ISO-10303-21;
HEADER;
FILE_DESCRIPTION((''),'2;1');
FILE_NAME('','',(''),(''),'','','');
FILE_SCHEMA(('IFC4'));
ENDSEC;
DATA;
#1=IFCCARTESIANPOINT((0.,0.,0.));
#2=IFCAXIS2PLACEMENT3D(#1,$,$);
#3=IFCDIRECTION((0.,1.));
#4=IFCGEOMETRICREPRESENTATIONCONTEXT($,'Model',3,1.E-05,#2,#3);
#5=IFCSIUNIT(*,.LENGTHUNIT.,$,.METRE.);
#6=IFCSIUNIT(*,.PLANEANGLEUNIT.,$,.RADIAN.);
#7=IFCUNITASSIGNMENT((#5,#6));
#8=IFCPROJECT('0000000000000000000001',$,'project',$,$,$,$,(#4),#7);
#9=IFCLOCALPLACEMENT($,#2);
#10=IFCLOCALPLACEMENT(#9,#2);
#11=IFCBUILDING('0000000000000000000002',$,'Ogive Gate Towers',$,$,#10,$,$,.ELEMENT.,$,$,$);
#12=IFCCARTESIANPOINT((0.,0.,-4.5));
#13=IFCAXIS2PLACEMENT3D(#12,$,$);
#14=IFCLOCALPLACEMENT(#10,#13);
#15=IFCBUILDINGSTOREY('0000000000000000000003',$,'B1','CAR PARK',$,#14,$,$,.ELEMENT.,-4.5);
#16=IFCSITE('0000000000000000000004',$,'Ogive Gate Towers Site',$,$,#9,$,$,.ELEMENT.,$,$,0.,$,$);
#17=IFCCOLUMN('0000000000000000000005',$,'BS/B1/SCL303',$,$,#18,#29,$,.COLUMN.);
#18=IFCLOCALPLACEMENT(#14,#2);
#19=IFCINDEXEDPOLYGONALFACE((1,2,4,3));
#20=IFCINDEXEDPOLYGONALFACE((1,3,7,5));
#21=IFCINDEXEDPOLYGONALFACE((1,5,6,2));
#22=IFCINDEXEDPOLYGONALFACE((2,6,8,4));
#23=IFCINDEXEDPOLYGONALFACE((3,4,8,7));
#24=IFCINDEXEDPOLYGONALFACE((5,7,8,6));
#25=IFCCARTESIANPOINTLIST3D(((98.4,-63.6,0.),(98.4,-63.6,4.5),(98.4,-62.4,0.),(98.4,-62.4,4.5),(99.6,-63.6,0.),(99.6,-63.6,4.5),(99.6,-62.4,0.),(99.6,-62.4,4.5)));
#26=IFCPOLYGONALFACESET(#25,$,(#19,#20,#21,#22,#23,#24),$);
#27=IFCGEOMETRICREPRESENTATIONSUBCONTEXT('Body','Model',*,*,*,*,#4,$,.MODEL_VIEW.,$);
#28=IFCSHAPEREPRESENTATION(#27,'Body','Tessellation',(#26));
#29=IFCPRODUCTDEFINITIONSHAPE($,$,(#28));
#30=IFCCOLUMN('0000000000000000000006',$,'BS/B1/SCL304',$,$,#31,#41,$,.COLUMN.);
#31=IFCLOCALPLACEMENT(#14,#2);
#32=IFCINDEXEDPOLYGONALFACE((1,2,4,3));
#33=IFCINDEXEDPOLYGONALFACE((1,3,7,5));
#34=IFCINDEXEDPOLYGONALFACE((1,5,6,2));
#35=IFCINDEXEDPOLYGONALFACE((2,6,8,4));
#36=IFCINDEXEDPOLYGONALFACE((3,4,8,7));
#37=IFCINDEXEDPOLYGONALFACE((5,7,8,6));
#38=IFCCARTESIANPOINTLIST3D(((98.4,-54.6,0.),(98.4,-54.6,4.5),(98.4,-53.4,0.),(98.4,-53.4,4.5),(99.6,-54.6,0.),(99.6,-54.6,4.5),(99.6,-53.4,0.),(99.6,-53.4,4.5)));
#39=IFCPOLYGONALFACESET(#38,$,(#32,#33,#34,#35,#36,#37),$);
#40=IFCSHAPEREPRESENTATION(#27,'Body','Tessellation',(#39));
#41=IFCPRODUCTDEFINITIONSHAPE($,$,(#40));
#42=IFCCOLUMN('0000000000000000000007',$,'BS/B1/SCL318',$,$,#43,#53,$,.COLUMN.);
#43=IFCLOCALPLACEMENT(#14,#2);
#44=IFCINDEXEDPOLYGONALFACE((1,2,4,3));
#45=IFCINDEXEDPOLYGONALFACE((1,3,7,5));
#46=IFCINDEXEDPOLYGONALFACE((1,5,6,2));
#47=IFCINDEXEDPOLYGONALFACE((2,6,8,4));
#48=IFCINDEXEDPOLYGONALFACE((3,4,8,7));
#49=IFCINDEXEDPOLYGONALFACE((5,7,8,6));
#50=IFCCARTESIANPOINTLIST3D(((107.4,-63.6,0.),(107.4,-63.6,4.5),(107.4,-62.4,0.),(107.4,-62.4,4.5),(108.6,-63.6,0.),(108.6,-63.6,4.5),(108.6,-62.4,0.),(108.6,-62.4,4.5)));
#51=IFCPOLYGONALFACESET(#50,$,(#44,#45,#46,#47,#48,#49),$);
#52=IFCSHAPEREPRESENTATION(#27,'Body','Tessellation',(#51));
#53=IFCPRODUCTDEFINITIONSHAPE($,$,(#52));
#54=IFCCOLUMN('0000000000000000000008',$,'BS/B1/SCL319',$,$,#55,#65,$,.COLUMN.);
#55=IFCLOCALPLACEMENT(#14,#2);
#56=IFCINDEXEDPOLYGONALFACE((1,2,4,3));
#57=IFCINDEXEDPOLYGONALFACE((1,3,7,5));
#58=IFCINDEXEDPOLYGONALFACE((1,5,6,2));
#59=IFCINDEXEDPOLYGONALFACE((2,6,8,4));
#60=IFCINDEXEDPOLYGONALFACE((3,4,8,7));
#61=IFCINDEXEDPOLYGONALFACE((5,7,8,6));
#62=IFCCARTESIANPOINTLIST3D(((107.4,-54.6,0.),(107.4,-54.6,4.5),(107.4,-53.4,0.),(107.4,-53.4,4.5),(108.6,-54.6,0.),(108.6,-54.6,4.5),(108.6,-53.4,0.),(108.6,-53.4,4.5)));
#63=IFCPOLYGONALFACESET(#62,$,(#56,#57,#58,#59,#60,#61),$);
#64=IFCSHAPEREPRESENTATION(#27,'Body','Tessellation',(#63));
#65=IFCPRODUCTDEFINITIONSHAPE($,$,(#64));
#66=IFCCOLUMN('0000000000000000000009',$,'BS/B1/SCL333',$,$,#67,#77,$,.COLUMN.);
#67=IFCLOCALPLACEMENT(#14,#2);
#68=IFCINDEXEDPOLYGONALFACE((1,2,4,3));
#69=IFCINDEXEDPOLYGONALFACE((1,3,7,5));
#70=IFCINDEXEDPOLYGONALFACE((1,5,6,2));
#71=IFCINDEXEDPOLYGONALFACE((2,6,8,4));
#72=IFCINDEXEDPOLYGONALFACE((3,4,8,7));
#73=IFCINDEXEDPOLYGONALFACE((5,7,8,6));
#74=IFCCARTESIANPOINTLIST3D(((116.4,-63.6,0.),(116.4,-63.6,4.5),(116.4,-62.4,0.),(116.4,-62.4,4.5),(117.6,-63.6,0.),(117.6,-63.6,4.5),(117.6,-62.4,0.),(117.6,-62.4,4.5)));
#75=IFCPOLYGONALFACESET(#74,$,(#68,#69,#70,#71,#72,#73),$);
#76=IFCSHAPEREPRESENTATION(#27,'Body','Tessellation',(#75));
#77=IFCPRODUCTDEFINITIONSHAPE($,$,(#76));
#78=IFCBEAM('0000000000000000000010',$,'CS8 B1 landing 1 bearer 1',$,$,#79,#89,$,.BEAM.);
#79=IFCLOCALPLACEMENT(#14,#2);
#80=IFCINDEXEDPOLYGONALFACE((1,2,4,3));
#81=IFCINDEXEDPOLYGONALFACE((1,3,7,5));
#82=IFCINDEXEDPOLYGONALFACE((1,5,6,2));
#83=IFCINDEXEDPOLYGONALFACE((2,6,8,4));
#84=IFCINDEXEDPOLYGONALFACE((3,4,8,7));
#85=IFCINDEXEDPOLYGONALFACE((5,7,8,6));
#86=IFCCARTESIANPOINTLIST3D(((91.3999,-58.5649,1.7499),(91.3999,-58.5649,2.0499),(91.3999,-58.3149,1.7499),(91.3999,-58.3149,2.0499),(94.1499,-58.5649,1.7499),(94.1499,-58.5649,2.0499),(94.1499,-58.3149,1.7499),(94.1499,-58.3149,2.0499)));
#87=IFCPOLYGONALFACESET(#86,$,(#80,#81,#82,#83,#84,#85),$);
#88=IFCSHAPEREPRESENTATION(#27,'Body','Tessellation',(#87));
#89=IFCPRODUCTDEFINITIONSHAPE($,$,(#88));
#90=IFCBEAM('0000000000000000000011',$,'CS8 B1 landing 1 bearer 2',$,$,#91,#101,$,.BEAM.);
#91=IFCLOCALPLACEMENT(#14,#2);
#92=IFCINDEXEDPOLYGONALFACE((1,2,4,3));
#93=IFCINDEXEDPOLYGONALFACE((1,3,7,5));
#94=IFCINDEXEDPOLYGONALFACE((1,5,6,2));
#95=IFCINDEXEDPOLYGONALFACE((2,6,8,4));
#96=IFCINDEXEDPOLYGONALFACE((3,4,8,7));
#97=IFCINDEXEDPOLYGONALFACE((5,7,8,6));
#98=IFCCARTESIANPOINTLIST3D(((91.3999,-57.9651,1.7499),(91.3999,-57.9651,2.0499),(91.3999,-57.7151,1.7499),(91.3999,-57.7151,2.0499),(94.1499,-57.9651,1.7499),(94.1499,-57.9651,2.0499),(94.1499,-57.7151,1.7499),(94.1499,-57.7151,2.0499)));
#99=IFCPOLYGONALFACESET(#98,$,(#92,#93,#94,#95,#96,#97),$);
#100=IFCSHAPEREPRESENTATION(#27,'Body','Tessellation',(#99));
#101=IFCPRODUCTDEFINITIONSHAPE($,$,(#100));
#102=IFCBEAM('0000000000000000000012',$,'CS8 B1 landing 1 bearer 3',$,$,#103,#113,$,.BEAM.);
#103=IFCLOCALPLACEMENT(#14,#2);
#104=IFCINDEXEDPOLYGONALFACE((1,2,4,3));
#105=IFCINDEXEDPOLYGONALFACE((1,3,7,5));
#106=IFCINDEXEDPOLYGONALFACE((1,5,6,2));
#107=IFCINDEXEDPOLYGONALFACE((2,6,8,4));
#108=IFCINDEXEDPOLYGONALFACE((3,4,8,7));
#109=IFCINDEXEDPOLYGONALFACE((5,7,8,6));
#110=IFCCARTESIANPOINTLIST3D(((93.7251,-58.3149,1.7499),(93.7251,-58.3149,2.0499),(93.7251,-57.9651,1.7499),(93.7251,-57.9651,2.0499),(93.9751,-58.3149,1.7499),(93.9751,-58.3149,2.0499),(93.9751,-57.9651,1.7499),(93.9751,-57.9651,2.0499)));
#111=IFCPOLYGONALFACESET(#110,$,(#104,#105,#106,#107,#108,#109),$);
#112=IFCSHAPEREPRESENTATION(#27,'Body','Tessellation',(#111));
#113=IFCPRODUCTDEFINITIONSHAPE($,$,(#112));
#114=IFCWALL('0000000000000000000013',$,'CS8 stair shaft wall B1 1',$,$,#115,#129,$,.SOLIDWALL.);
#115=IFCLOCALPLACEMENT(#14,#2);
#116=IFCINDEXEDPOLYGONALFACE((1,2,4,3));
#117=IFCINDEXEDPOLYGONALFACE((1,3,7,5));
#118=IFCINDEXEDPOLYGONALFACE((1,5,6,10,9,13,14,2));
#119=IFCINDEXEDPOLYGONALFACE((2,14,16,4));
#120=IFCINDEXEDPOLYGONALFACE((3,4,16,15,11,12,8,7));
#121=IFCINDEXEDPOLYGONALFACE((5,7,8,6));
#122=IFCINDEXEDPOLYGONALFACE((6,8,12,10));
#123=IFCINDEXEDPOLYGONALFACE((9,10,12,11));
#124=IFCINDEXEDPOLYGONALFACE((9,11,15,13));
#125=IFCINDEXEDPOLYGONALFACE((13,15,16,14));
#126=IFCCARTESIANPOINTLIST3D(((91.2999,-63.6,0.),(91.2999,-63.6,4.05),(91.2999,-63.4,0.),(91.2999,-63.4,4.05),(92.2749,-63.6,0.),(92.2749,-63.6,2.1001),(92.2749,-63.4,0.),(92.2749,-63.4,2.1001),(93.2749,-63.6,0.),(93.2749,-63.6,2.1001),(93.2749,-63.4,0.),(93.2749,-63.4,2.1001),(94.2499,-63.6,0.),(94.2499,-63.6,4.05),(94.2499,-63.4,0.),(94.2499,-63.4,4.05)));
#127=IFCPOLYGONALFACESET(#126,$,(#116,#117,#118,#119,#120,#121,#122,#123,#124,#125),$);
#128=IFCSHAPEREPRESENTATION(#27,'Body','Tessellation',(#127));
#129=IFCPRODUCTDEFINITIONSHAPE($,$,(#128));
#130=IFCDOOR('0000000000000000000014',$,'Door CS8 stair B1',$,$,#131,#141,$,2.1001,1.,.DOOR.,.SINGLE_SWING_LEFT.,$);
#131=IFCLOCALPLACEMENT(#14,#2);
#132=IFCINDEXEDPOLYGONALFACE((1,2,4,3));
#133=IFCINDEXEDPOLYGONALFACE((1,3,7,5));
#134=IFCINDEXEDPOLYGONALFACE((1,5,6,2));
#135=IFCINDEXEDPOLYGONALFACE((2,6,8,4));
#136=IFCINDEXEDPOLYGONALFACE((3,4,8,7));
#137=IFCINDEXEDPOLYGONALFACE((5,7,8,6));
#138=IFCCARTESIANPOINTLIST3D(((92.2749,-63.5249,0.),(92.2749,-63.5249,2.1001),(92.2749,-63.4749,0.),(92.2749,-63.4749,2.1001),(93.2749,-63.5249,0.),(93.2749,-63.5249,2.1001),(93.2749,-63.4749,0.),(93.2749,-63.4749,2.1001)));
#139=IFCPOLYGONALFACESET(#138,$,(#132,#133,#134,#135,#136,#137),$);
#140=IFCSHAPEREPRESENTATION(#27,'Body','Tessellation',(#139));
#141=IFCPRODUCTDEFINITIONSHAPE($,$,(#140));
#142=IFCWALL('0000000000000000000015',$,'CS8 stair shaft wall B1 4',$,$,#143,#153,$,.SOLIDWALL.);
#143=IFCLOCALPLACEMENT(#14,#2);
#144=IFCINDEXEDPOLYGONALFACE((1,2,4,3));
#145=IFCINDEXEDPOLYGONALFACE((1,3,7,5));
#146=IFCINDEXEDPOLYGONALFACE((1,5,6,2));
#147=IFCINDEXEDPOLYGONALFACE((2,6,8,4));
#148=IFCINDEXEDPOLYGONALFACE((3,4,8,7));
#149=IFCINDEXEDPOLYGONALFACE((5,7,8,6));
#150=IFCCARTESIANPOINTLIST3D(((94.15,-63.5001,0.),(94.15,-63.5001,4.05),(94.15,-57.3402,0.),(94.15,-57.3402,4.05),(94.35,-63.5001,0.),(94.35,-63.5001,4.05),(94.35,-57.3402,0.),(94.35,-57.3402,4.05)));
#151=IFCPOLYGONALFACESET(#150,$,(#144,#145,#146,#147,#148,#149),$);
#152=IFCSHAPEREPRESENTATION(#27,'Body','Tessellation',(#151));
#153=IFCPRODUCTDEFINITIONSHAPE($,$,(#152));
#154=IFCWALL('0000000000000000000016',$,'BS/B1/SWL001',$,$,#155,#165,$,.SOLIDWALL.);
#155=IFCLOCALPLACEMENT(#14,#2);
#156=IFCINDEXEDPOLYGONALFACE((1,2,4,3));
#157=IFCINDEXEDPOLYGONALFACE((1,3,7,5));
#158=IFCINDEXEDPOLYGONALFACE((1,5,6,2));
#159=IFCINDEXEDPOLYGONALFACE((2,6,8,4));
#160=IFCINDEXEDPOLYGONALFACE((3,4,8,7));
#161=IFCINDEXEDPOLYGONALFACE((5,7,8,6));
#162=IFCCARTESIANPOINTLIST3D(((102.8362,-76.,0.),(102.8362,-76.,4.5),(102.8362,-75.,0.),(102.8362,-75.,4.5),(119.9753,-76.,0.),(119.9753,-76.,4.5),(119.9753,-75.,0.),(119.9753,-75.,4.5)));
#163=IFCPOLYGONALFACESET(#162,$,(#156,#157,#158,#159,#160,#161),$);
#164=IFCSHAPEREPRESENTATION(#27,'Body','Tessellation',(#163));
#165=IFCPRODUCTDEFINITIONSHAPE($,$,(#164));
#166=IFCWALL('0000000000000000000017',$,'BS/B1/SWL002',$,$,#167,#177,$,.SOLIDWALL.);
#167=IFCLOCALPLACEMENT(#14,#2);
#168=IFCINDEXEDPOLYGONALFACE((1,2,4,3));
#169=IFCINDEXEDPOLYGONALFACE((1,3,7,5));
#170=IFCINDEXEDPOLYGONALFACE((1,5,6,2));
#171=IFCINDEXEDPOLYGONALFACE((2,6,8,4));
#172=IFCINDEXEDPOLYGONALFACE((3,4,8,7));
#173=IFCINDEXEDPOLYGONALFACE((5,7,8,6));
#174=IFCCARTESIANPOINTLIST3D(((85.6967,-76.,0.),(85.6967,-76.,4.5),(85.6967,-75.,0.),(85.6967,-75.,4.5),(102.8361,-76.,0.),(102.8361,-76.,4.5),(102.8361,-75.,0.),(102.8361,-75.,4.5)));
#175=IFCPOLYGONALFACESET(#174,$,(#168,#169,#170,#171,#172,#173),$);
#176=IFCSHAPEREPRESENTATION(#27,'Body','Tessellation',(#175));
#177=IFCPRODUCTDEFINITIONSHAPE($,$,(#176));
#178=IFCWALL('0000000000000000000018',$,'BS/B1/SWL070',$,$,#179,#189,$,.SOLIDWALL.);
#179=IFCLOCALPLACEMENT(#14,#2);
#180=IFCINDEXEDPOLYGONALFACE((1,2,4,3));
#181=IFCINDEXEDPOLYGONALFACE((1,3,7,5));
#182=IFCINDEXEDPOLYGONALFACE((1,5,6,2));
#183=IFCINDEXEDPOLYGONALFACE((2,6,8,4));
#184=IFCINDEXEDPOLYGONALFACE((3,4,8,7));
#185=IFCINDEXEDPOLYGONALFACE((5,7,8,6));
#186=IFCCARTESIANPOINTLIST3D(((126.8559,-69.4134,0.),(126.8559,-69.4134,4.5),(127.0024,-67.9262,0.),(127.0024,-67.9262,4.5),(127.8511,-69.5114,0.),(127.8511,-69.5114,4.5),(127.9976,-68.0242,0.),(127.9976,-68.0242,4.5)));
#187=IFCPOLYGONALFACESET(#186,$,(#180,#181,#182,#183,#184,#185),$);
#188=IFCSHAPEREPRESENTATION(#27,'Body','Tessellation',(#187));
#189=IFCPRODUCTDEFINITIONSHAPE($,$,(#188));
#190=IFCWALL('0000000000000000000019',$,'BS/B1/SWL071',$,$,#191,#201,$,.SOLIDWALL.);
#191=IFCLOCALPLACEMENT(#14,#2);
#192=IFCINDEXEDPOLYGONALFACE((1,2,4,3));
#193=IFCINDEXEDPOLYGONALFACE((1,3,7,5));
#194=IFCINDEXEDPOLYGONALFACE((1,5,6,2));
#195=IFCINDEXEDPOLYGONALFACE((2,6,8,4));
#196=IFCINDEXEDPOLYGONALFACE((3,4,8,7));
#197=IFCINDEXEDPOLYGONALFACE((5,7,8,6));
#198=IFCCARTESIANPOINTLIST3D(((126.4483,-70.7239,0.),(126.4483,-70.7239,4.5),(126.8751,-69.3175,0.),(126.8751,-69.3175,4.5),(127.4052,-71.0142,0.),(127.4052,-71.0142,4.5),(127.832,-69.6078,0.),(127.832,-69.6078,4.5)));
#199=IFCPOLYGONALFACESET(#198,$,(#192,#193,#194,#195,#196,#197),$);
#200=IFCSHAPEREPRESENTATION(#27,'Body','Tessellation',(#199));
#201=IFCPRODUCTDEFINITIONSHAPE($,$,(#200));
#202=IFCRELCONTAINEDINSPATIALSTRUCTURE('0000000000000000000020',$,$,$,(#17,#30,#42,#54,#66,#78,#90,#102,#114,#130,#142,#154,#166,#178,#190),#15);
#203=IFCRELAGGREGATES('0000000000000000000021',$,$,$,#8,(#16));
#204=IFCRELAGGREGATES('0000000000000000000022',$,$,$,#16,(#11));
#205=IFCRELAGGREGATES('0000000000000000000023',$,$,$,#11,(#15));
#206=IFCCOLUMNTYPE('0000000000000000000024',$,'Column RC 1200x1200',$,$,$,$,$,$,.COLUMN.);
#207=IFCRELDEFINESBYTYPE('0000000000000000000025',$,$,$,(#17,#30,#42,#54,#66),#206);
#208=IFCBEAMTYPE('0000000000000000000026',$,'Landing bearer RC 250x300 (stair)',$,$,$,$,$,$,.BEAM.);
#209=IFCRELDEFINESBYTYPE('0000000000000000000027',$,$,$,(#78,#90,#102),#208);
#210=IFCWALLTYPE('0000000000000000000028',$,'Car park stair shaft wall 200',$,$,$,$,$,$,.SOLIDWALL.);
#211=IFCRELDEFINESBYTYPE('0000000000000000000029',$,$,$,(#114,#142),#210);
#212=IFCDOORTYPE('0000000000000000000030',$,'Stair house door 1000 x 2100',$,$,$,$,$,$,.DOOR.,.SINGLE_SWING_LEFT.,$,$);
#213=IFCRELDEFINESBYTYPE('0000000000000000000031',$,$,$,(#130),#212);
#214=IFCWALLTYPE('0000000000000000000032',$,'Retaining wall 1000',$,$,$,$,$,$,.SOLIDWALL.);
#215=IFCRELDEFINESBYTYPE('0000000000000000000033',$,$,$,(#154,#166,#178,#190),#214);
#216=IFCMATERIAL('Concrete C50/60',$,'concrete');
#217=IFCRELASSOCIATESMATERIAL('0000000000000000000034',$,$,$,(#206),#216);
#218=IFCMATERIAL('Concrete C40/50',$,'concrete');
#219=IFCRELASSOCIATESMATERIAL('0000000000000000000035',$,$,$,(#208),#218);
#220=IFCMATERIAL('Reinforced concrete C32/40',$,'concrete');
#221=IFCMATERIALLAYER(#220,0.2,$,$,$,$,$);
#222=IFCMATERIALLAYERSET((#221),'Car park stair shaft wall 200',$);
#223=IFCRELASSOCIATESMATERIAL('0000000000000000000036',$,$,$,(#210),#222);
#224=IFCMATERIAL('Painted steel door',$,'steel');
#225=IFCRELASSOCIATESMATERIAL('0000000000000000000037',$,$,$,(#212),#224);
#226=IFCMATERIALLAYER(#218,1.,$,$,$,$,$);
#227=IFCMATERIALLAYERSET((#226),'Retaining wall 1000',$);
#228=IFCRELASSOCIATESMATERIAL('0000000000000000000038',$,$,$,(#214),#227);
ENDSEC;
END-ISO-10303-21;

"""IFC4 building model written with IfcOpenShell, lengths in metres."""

from ifc_helpers import new_model, si_unit, direction, frame, frame_2d, origin, origin_2d, place, context, subcontext, project, spatial, rectangle, extrude, material, layer, layer_set, material_profile, profile_set, type_object, element, fill, save


model = new_model("IFC4")

# Units and contexts
model_context = context("Model", 3, precision=1e-05, world=origin(), true_north=direction((0.0, 1.0)))
body_context = subcontext(model_context, "Body", "Model", "MODEL_VIEW")
ifc_project = project(units=[si_unit("LENGTHUNIT", "METRE"), si_unit("PLANEANGLEUNIT", "RADIAN")], contexts=[model_context])

# Site, building, storey
site_placement = place(None, origin())
site = spatial("IfcSite", under=ifc_project, at=site_placement, Name="Ogive Gate Towers Site", CompositionType="ELEMENT", RefElevation=0.0)
building_placement = place(site_placement, origin())
building = spatial("IfcBuilding", under=site, at=building_placement, Name="Ogive Gate Towers", CompositionType="ELEMENT")
storey_placement = place(building_placement, frame((0.0, 0.0, -4.5)))
storey = spatial("IfcBuildingStorey", under=building, at=storey_placement, Name="B1", Description="CAR PARK", CompositionType="ELEMENT", Elevation=-4.5)

# Columns
ifc_material_1 = material(Name="Concrete C50/60", Category="concrete")
ifc_material_profile_1 = material_profile(ifc_material_1, rectangle(XDim=1.2, YDim=1.2, at=origin_2d()), Name="RC 1200x1200")
ifc_profile_set_1 = profile_set([ifc_material_profile_1], Name="Concrete C50/60")
column_type = type_object("IfcColumnType", Name="Column RC 1200x1200", PredefinedType="COLUMN", material=ifc_profile_set_1)
for number, where, z_axis, x_axis, name in (
    (1, (99.0, -63.0, 0.0), (0.0, 0.0, 1.0), (1.0, 0.0, 0.0), "BS/B1/SCL303"),
    (2, (99.0, -54.0, 0.0), (0.0, 0.0, 1.0), (1.0, 0.0, 0.0), "BS/B1/SCL304"),
    (3, (108.0, -63.0, 0.0), (0.0, 0.0, 1.0), (1.0, 0.0, 0.0), "BS/B1/SCL318"),
    (4, (108.0, -54.0, 0.0), (0.0, 0.0, 1.0), (1.0, 0.0, 0.0), "BS/B1/SCL319"),
    (5, (117.0, -63.0, 0.0), (0.0, 0.0, 1.0), (1.0, 0.0, 0.0), "BS/B1/SCL333"),
):
    element("IfcColumn", number, at=place(storey_placement, frame(where, z_axis=z_axis, x_axis=x_axis)), inside=storey, type_object=column_type, Name=name, PredefinedType="COLUMN", context=body_context, shape_type="SweptSolid", body=[
        extrude(rectangle(XDim=1.2, YDim=1.2, at=origin_2d()), origin(), (0.0, 0.0, 1.0), 4.5),
    ])

# Beams
ifc_material_2 = material(Name="Concrete C40/50", Category="concrete")
ifc_material_profile_2 = material_profile(ifc_material_2, rectangle(XDim=0.25, YDim=0.3, at=origin_2d()), Name="RC 250x300")
ifc_profile_set_2 = profile_set([ifc_material_profile_2], Name="Concrete C40/50")
beam_type = type_object("IfcBeamType", Name="Landing bearer RC 250x300 (stair)", PredefinedType="BEAM", material=ifc_profile_set_2)
for number, where, z_axis, x_axis, name in (
    (6, (94.1499, -58.4399, 1.8999), (-1.0, 0.0, 0.0), (0.0, -1.0, 0.0), "CS8 B1 landing 1 bearer 1"),
    (7, (94.1499, -57.8401, 1.8999), (-1.0, 0.0, 0.0), (0.0, -1.0, 0.0), "CS8 B1 landing 1 bearer 2"),
):
    element("IfcBeam", number, at=place(storey_placement, frame(where, z_axis=z_axis, x_axis=x_axis)), inside=storey, type_object=beam_type, Name=name, PredefinedType="BEAM", context=body_context, shape_type="SweptSolid", body=[
        extrude(rectangle(XDim=0.25, YDim=0.3, at=origin_2d()), origin(), (0.0, 0.0, 1.0), 2.75),
    ])
beam_placement = place(storey_placement, frame((93.8501, -58.3149, 1.8999), z_axis=(0.0, 1.0, 0.0), x_axis=(-1.0, 0.0, 0.0)))
element("IfcBeam", 8, at=beam_placement, inside=storey, type_object=beam_type, Name="CS8 B1 landing 1 bearer 3", PredefinedType="BEAM", context=body_context, shape_type="SweptSolid", body=[
    extrude(rectangle(XDim=0.25, YDim=0.3, at=origin_2d()), origin(), (0.0, 0.0, 1.0), 0.3499),
])

# Wall, opening, door
ifc_material_3 = material(Name="Reinforced concrete C32/40", Category="concrete")
ifc_layer_1 = layer(ifc_material_3, 0.2)
ifc_layer_set_1 = layer_set([ifc_layer_1], Name="Car park stair shaft wall 200")
wall_type_1 = type_object("IfcWallType", Name="Car park stair shaft wall 200", PredefinedType="SOLIDWALL", material=ifc_layer_set_1)
wall_1_placement = place(storey_placement, frame((94.25, -63.5, 0.0), z_axis=(0.0, 0.0, 1.0), x_axis=(-1.0, 0.0, 0.0)))
wall_1 = element("IfcWall", 9, at=wall_1_placement, inside=storey, type_object=wall_type_1, Name="CS8 stair shaft wall B1 1", PredefinedType="SOLIDWALL", context=body_context, shape_type="SweptSolid", body=[
    extrude(rectangle(XDim=2.95, YDim=0.2, at=frame_2d((1.4751, 0.0))), origin(), (0.0, 0.0, 1.0), 4.05),
])
opening_placement = place(wall_1_placement, frame((0.9751, 0.0, 0.0)))
opening = element("IfcOpeningElement", 10, at=opening_placement, cuts=wall_1, PredefinedType="OPENING", context=body_context, shape_type="SweptSolid", body=[
    extrude(rectangle(XDim=1.0, YDim=2.1001, at=frame_2d((0.5, 1.05))), frame((0.0, 0.1099, 0.0), z_axis=(0.0, -1.0, 0.0), x_axis=(1.0, 0.0, 0.0)), (0.0, 0.0, 1.0), 0.22),
])
ifc_material_4 = material(Name="Painted steel door", Category="steel")
door_type = type_object("IfcDoorType", Name="Stair house door 1000 x 2100", OperationType="SINGLE_SWING_LEFT", PredefinedType="DOOR", material=ifc_material_4)
door_placement = place(opening_placement, origin())
door = element("IfcDoor", 11, at=door_placement, inside=storey, type_object=door_type, Name="Door CS8 stair B1", OperationType="SINGLE_SWING_LEFT", OverallHeight=2.1001, OverallWidth=1.0, PredefinedType="DOOR", context=body_context, shape_type="SweptSolid", body=[
    extrude(rectangle(XDim=1.0, YDim=2.1001, at=frame_2d((0.5, 1.05))), frame((0.0, 0.0249, 0.0), z_axis=(0.0, -1.0, 0.0), x_axis=(1.0, 0.0, 0.0)), (0.0, 0.0, 1.0), 0.05),
])
fill(opening, door)

# Walls
wall_2_placement = place(storey_placement, frame((94.25, -57.3401, 0.0), z_axis=(0.0, 0.0, 1.0), x_axis=(0.0, -1.0, 0.0)))
element("IfcWall", 12, at=wall_2_placement, inside=storey, type_object=wall_type_1, Name="CS8 stair shaft wall B1 4", PredefinedType="SOLIDWALL", context=body_context, shape_type="SweptSolid", body=[
    extrude(rectangle(XDim=6.1599, YDim=0.2, at=frame_2d((3.0801, 0.0))), origin(), (0.0, 0.0, 1.0), 4.05),
])
ifc_layer_2 = layer(ifc_material_2, 1.0)
ifc_layer_set_2 = layer_set([ifc_layer_2], Name="Retaining wall 1000")
wall_type_2 = type_object("IfcWallType", Name="Retaining wall 1000", PredefinedType="SOLIDWALL", material=ifc_layer_set_2)
wall_3_placement = place(storey_placement, frame((119.9753, -75.5, 0.0), z_axis=(0.0, 0.0, 1.0), x_axis=(-1.0, 0.0, 0.0)))
element("IfcWall", 13, at=wall_3_placement, inside=storey, type_object=wall_type_2, Name="BS/B1/SWL001", PredefinedType="SOLIDWALL", context=body_context, shape_type="SweptSolid", body=[
    extrude(rectangle(XDim=17.1392, YDim=1.0, at=frame_2d((8.5696, 0.0))), origin(), (0.0, 0.0, 1.0), 4.5),
])
wall_4_placement = place(storey_placement, frame((102.8362, -75.5, 0.0), z_axis=(0.0, 0.0, 1.0), x_axis=(-1.0, 0.0, 0.0)))
element("IfcWall", 14, at=wall_4_placement, inside=storey, type_object=wall_type_2, Name="BS/B1/SWL002", PredefinedType="SOLIDWALL", context=body_context, shape_type="SweptSolid", body=[
    extrude(rectangle(XDim=17.1394, YDim=1.0, at=frame_2d((8.5698, 0.0))), origin(), (0.0, 0.0, 1.0), 4.5),
])
wall_5_placement = place(storey_placement, frame((127.5, -67.9753, 0.0), z_axis=(0.0, 0.0, 1.0), x_axis=(-0.098016, -0.995185, 0.0)))
element("IfcWall", 15, at=wall_5_placement, inside=storey, type_object=wall_type_2, Name="BS/B1/SWL070", PredefinedType="SOLIDWALL", context=body_context, shape_type="SweptSolid", body=[
    extrude(rectangle(XDim=1.4944, YDim=1.0, at=frame_2d((0.7471, 0.0))), origin(), (0.0, 0.0, 1.0), 4.5),
])
for number, where, z_axis, x_axis, name in (
    (16, (127.3535, -69.4626, 0.0), (0.0, 0.0, 1.0), (-0.290349, -0.956921, 0.0), "BS/B1/SWL071"),
):
    element("IfcWall", number, at=place(storey_placement, frame(where, z_axis=z_axis, x_axis=x_axis)), inside=storey, type_object=wall_type_2, Name=name, PredefinedType="SOLIDWALL", context=body_context, shape_type="SweptSolid", body=[
        extrude(rectangle(XDim=1.4697, YDim=1.0, at=frame_2d((0.7349, 0.0))), origin(), (0.0, 0.0, 1.0), 4.5),
    ])

save(model, "model.ifc")
